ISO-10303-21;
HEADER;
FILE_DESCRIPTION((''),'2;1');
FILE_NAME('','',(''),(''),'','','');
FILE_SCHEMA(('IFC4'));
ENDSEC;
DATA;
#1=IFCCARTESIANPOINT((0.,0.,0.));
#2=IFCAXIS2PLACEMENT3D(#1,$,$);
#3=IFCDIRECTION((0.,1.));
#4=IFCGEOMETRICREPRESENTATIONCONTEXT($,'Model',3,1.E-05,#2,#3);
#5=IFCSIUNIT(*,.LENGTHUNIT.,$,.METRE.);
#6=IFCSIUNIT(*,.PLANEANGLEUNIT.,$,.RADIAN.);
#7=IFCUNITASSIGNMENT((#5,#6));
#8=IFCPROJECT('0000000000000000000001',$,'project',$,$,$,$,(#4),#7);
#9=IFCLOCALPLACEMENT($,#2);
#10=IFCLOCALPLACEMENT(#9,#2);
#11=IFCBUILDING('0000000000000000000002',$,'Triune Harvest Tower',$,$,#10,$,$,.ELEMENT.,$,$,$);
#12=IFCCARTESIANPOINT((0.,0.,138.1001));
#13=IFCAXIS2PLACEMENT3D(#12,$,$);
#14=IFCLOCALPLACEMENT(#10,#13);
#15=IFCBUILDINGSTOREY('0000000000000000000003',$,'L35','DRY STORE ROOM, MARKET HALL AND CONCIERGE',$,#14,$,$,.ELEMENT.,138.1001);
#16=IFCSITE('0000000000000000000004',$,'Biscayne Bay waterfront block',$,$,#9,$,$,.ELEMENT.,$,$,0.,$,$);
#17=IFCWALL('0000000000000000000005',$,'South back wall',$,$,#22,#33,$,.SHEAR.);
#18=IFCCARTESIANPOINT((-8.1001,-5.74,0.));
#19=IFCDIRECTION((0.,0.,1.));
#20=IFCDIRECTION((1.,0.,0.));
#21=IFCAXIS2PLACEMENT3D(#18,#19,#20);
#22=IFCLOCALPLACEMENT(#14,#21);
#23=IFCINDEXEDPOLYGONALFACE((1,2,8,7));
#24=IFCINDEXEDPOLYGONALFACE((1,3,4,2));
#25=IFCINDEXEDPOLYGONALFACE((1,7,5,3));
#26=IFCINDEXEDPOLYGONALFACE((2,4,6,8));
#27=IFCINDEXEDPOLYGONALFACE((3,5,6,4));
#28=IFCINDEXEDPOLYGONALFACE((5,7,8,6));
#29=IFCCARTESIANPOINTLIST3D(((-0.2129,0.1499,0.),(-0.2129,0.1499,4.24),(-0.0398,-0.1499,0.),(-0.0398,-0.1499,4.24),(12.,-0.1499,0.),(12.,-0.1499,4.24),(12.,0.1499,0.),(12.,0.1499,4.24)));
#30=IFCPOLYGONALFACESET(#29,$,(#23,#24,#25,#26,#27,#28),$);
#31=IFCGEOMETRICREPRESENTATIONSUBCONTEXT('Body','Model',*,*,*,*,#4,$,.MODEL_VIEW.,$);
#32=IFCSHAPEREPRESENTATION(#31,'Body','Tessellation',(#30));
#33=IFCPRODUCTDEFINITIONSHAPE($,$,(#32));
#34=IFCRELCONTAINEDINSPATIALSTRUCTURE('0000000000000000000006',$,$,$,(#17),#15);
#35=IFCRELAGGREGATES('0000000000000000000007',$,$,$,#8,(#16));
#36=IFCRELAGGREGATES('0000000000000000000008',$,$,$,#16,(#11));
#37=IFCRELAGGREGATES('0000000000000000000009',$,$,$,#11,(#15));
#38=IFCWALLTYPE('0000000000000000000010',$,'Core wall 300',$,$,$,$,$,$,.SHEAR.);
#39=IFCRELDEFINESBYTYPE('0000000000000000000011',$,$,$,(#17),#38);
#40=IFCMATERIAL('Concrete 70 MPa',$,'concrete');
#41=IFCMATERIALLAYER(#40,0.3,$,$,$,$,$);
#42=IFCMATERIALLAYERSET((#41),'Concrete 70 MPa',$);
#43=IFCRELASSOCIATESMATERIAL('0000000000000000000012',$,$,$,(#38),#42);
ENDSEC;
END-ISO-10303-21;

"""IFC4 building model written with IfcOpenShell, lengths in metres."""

from ifc_helpers import new_model, si_unit, direction, frame, origin, place, context, subcontext, project, spatial, polyline, outline, extrude, material, layer, layer_set, type_object, element, save


model = new_model("IFC4")

# Units and contexts
model_context = context("Model", 3, precision=1e-05, world=origin(), true_north=direction((0.0, 1.0)))
body_context = subcontext(model_context, "Body", "Model", "MODEL_VIEW")
ifc_project = project(units=[si_unit("LENGTHUNIT", "METRE"), si_unit("PLANEANGLEUNIT", "RADIAN")], contexts=[model_context])

# Site, building, storey
site_placement = place(None, origin())
site = spatial("IfcSite", under=ifc_project, at=site_placement, Name="Biscayne Bay waterfront block", CompositionType="ELEMENT", RefElevation=0.0)
building_placement = place(site_placement, origin())
building = spatial("IfcBuilding", under=site, at=building_placement, Name="Triune Harvest Tower", CompositionType="ELEMENT")
storey_placement = place(building_placement, frame((0.0, 0.0, 138.1001)))
storey = spatial("IfcBuildingStorey", under=building, at=storey_placement, Name="L35", Description="DRY STORE ROOM, MARKET HALL AND CONCIERGE", CompositionType="ELEMENT", Elevation=138.1001)

# Shared definitions
ifc_material_1 = material(Name="Concrete 70 MPa", Category="concrete")
ifc_layer_1 = layer(ifc_material_1, 0.3)
ifc_layer_set_1 = layer_set([ifc_layer_1], Name="Concrete 70 MPa")
wall_type_1 = type_object("IfcWallType", Name="Core wall 300", PredefinedType="SHEAR", material=ifc_layer_set_1)

# Wall
wall_1_placement = place(storey_placement, frame((-8.1001, -5.74, 0.0), z_axis=(0.0, 0.0, 1.0), x_axis=(1.0, 0.0, 0.0)))
element("IfcWall", 1, at=wall_1_placement, inside=storey, type_object=wall_type_1, Name="South back wall", PredefinedType="SHEAR", context=body_context, shape_type="SweptSolid", body=[
    extrude(outline(polyline([(12.0, -0.1499), (-0.0398, -0.1499), (-0.2129, 0.1499), (12.0, 0.1499), (12.0, -0.1499)])), origin(), (0.0, 0.0, 1.0), 4.24),
])

save(model, "model.ifc")
